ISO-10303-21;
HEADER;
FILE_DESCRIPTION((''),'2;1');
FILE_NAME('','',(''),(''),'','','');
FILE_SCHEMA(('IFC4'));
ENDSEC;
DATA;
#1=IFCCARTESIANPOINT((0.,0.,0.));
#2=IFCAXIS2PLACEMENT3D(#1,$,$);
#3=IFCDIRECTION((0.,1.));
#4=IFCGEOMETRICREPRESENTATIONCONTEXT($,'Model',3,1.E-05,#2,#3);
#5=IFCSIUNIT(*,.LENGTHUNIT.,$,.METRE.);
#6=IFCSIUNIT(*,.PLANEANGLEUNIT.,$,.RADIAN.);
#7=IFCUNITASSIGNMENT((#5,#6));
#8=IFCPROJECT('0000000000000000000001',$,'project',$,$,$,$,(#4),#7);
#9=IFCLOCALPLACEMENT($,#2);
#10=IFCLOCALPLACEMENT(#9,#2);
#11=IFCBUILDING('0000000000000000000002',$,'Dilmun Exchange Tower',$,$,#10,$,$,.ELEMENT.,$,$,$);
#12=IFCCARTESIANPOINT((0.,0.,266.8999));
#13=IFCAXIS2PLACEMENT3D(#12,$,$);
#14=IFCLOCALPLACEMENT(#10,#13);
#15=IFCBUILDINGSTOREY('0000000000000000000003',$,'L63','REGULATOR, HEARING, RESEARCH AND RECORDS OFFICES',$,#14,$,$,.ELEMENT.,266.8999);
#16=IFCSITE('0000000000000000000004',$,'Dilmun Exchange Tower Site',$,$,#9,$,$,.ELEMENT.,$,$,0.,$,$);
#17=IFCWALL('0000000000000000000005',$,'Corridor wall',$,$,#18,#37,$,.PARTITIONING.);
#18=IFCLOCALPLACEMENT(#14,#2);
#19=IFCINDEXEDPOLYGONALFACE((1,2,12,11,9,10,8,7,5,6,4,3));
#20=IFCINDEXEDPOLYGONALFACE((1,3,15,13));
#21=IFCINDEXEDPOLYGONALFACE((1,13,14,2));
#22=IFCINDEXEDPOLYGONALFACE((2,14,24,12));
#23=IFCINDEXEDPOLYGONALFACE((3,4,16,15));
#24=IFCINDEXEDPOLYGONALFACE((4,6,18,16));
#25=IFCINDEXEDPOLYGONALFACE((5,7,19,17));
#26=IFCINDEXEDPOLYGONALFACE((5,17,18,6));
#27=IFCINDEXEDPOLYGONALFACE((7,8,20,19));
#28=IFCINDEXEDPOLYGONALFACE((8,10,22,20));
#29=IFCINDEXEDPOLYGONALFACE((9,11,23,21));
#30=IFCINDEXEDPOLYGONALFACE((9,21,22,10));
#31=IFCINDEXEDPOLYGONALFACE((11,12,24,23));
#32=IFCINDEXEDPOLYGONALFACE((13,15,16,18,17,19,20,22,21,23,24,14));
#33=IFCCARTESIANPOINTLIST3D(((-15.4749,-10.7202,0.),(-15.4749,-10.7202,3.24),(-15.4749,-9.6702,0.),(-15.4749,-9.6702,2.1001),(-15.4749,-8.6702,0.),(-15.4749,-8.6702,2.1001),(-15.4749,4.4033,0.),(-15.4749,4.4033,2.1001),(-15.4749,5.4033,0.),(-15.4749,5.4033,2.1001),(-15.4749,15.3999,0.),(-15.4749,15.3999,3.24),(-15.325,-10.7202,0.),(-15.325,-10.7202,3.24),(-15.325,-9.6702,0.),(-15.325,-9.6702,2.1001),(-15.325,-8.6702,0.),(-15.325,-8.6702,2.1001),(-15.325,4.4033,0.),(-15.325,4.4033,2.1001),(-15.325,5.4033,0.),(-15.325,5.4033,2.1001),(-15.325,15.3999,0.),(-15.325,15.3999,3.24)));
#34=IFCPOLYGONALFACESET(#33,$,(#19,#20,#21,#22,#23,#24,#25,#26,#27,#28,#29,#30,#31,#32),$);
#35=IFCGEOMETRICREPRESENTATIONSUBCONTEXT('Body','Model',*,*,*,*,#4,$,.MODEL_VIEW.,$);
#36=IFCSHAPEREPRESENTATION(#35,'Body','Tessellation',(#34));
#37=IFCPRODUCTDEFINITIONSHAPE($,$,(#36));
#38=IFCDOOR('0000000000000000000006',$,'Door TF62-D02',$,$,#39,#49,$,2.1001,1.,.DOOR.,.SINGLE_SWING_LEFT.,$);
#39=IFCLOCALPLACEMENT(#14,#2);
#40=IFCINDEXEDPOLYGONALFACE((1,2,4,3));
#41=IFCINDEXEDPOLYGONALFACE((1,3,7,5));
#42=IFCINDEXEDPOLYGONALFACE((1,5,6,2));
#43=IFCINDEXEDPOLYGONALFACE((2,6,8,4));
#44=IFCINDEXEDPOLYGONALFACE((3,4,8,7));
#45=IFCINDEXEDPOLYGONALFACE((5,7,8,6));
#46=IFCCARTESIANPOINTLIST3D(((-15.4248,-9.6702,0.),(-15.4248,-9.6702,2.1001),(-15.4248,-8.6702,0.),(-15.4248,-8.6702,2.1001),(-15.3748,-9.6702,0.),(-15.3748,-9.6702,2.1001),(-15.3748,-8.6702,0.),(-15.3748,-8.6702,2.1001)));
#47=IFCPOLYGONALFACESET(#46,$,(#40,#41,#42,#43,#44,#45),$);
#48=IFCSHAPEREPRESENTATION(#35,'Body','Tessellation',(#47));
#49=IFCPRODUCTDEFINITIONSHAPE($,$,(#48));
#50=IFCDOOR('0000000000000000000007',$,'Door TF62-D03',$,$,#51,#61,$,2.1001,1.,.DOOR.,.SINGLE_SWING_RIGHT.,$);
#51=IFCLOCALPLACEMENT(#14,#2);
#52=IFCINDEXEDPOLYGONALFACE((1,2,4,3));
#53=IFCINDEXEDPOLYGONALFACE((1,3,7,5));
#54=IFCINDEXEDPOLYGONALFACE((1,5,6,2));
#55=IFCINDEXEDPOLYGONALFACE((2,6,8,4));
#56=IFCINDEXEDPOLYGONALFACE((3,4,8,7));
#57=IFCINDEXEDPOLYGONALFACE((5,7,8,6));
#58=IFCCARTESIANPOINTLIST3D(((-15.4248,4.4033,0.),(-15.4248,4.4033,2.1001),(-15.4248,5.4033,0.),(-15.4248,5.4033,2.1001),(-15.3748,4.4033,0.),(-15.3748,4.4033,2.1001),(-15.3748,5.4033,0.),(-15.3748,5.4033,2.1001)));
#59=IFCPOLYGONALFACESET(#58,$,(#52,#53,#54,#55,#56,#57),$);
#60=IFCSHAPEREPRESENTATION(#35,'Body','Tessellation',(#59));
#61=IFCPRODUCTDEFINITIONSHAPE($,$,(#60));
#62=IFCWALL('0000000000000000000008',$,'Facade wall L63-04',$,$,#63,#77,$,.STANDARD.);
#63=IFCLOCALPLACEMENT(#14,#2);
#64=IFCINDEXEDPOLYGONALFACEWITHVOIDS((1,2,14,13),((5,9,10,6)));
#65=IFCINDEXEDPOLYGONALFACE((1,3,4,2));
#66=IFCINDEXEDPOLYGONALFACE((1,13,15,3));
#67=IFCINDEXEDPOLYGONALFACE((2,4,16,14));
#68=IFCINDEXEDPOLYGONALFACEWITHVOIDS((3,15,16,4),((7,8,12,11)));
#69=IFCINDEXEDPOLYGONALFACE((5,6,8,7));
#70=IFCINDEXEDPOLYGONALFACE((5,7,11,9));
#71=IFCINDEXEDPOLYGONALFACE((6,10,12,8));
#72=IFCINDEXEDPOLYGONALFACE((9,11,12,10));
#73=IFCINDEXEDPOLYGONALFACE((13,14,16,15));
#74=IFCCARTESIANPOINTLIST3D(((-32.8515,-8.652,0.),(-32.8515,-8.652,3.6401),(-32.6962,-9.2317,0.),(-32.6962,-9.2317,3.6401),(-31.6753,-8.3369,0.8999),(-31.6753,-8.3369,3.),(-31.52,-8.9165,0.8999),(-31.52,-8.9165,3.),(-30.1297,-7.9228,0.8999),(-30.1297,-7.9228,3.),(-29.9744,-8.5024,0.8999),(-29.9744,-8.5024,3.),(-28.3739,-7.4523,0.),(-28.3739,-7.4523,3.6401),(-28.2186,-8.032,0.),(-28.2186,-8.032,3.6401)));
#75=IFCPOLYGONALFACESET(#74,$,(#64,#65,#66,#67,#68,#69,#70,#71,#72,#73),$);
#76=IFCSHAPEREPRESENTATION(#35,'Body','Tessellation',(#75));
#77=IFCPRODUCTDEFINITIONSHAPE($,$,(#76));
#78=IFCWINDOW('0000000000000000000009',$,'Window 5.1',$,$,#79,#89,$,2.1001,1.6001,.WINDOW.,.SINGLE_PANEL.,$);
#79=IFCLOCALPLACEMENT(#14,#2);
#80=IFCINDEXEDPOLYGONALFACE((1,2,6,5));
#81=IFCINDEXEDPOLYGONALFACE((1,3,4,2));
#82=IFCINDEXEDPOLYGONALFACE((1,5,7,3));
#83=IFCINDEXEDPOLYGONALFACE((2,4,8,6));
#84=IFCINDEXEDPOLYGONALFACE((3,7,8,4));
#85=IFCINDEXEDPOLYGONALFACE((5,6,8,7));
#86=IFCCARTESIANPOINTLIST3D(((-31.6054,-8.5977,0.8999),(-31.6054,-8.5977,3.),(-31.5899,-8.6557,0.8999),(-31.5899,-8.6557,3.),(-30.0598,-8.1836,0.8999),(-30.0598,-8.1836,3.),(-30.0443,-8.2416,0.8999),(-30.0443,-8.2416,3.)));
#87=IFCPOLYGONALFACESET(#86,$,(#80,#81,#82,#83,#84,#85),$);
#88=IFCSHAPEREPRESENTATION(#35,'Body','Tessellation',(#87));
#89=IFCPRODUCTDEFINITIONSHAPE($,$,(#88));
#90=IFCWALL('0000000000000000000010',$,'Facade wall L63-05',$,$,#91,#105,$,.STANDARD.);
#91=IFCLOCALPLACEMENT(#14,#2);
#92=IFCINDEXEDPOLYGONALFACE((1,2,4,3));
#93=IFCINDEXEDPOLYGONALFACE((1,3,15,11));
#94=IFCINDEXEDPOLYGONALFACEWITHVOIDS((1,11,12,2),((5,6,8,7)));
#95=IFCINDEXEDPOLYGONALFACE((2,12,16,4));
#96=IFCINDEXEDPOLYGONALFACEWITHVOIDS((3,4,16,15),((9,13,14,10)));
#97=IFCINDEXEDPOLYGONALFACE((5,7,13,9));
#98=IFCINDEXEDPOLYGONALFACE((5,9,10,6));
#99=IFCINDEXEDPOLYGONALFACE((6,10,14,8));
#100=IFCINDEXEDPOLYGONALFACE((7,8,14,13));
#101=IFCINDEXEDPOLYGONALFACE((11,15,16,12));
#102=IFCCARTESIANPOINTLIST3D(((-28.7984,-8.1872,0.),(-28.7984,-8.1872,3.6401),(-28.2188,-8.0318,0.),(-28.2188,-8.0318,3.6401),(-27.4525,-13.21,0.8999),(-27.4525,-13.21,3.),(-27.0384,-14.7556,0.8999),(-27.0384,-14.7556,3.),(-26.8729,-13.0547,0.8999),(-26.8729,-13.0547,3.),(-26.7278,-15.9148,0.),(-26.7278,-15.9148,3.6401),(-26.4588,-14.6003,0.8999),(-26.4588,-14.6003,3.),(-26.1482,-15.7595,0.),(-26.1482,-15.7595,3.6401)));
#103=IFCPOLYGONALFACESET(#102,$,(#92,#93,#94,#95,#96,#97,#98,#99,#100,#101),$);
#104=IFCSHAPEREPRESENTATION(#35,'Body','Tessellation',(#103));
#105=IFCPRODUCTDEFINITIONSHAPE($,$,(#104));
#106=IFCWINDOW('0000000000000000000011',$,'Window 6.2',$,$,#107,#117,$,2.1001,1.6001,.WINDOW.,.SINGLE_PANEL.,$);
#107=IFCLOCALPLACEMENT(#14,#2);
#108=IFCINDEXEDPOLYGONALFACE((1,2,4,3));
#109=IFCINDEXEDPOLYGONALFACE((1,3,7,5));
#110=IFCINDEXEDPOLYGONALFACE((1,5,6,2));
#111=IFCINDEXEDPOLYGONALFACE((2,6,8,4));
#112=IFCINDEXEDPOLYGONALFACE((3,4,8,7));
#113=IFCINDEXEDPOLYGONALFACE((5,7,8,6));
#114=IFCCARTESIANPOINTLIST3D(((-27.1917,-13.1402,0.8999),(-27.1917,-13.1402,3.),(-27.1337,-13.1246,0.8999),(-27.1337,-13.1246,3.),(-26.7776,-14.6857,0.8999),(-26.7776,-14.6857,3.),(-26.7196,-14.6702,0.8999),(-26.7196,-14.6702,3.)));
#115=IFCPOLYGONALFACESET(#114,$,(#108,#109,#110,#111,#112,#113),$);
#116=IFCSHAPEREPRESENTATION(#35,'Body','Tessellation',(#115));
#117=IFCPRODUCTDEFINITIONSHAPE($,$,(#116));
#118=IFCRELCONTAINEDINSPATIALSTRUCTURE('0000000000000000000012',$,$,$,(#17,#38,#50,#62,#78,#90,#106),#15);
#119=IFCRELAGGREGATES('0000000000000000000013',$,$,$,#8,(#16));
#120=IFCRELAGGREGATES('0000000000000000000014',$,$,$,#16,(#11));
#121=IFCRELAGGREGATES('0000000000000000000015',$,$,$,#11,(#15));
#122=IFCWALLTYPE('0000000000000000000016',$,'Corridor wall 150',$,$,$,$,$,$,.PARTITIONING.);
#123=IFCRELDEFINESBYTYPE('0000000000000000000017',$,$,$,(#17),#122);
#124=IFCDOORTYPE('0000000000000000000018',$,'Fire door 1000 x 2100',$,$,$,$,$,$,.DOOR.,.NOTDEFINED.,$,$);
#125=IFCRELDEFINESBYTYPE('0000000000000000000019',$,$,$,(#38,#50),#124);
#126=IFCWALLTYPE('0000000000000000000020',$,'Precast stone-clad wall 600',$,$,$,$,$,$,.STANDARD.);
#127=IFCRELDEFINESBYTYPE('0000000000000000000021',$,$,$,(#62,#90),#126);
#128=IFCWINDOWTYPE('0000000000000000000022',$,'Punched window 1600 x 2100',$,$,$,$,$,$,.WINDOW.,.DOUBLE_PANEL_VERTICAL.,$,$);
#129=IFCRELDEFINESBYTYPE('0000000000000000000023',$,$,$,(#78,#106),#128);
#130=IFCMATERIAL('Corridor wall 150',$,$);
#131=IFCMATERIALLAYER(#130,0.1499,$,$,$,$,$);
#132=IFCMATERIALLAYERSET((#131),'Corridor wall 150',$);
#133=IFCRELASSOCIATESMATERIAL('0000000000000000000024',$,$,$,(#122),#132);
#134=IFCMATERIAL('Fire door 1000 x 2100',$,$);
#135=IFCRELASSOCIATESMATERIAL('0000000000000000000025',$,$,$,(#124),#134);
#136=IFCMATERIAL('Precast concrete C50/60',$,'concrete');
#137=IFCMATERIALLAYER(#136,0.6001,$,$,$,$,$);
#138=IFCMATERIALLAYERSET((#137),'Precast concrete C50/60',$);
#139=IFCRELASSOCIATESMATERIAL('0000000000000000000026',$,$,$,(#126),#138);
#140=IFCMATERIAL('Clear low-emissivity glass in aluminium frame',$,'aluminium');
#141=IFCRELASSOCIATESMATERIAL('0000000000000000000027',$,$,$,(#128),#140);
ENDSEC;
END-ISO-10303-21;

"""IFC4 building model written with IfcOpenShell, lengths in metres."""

from ifc_helpers import new_model, si_unit, direction, frame, frame_2d, origin, place, context, subcontext, project, spatial, rectangle, extrude, material, layer, layer_set, type_object, element, fill, save


model = new_model("IFC4")

# Units and contexts
model_context = context("Model", 3, precision=1e-05, world=origin(), true_north=direction((0.0, 1.0)))
body_context = subcontext(model_context, "Body", "Model", "MODEL_VIEW")
ifc_project = project(units=[si_unit("LENGTHUNIT", "METRE"), si_unit("PLANEANGLEUNIT", "RADIAN")], contexts=[model_context])

# Site, building, storey
site_placement = place(None, origin())
site = spatial("IfcSite", under=ifc_project, at=site_placement, Name="Dilmun Exchange Tower Site", CompositionType="ELEMENT", RefElevation=0.0)
building_placement = place(site_placement, origin())
building = spatial("IfcBuilding", under=site, at=building_placement, Name="Dilmun Exchange Tower", CompositionType="ELEMENT")
storey_placement = place(building_placement, frame((0.0, 0.0, 266.8999)))
storey = spatial("IfcBuildingStorey", under=building, at=storey_placement, Name="L63", Description="REGULATOR, HEARING, RESEARCH AND RECORDS OFFICES", CompositionType="ELEMENT", Elevation=266.8999)

# Shared definitions
ifc_material_1 = material(Name="Corridor wall 150")
ifc_layer_1 = layer(ifc_material_1, 0.1499)
ifc_layer_set_1 = layer_set([ifc_layer_1], Name="Corridor wall 150")
wall_type_1 = type_object("IfcWallType", Name="Corridor wall 150", PredefinedType="PARTITIONING", material=ifc_layer_set_1)

# Shared definitions
ifc_material_2 = material(Name="Fire door 1000 x 2100")
door_type_1 = type_object("IfcDoorType", Name="Fire door 1000 x 2100", OperationType="NOTDEFINED", PredefinedType="DOOR", material=ifc_material_2)

# Wall, openings, doors
wall_1_placement = place(storey_placement, frame((-15.3999, -10.7202, 0.0), z_axis=(0.0, 0.0, 1.0), x_axis=(0.0, 1.0, 0.0)))
wall_1 = element("IfcWall", 1, at=wall_1_placement, inside=storey, type_object=wall_type_1, Name="Corridor wall", PredefinedType="PARTITIONING", context=body_context, shape_type="SweptSolid", body=[
    extrude(rectangle(XDim=26.1201, YDim=0.1499, at=frame_2d((13.0601, 0.0))), origin(), (0.0, 0.0, 1.0), 3.24),
])
opening_1_placement = place(wall_1_placement, frame((1.05, 0.0, 0.0)))
opening_1 = element("IfcOpeningElement", 2, at=opening_1_placement, cuts=wall_1, PredefinedType="OPENING", context=body_context, shape_type="SweptSolid", body=[
    extrude(rectangle(XDim=1.0, YDim=2.1001, at=frame_2d((0.5, 1.05))), frame((0.0, 0.085, 0.0), z_axis=(0.0, -1.0, 0.0), x_axis=(1.0, 0.0, 0.0)), (0.0, 0.0, 1.0), 0.1699),
])
opening_2_placement = place(wall_1_placement, frame((15.1235, 0.0, 0.0)))
opening_2 = element("IfcOpeningElement", 3, at=opening_2_placement, cuts=wall_1, PredefinedType="OPENING", context=body_context, shape_type="SweptSolid", body=[
    extrude(rectangle(XDim=1.0, YDim=2.1001, at=frame_2d((0.5, 1.05))), frame((0.0, 0.085, 0.0), z_axis=(0.0, -1.0, 0.0), x_axis=(1.0, 0.0, 0.0)), (0.0, 0.0, 1.0), 0.1699),
])
door_1_placement = place(opening_1_placement, origin())
door_1 = element("IfcDoor", 4, at=door_1_placement, inside=storey, type_object=door_type_1, Name="Door TF62-D02", OperationType="SINGLE_SWING_LEFT", OverallHeight=2.1001, OverallWidth=1.0, PredefinedType="DOOR", context=body_context, shape_type="SweptSolid", body=[
    extrude(rectangle(XDim=1.0, YDim=2.1001, at=frame_2d((0.5, 1.05))), frame((0.0, 0.0249, 0.0), z_axis=(0.0, -1.0, 0.0), x_axis=(1.0, 0.0, 0.0)), (0.0, 0.0, 1.0), 0.05),
])
fill(opening_1, door_1)
door_2_placement = place(opening_2_placement, origin())
door_2 = element("IfcDoor", 5, at=door_2_placement, inside=storey, type_object=door_type_1, Name="Door TF62-D03", OperationType="SINGLE_SWING_RIGHT", OverallHeight=2.1001, OverallWidth=1.0, PredefinedType="DOOR", context=body_context, shape_type="SweptSolid", body=[
    extrude(rectangle(XDim=1.0, YDim=2.1001, at=frame_2d((0.5, 1.05))), frame((0.0, 0.0249, 0.0), z_axis=(0.0, -1.0, 0.0), x_axis=(1.0, 0.0, 0.0)), (0.0, 0.0, 1.0), 0.05),
])
fill(opening_2, door_2)

# Walls, openings, windows
ifc_material_3 = material(Name="Precast concrete C50/60", Category="concrete")
ifc_layer_2 = layer(ifc_material_3, 0.6001)
ifc_layer_set_2 = layer_set([ifc_layer_2], Name="Precast concrete C50/60")
wall_type_2 = type_object("IfcWallType", Name="Precast stone-clad wall 600", PredefinedType="STANDARD", material=ifc_layer_set_2)
wall_2_placement = place(storey_placement, frame((-32.7739, -8.9419, 0.0), z_axis=(0.0, 0.0, 1.0), x_axis=(0.965928, 0.25881, 0.0)))
wall_2 = element("IfcWall", 6, at=wall_2_placement, inside=storey, type_object=wall_type_2, Name="Facade wall L63-04", PredefinedType="STANDARD", context=body_context, shape_type="SweptSolid", body=[
    extrude(rectangle(XDim=4.6355, YDim=0.6001, at=frame_2d((2.3179, 0.0))), origin(), (0.0, 0.0, 1.0), 3.6401),
])
opening_3_placement = place(wall_2_placement, frame((1.2178, 0.0, 0.8999)))
opening_3 = element("IfcOpeningElement", 7, at=opening_3_placement, cuts=wall_2, PredefinedType="OPENING", context=body_context, shape_type="SweptSolid", body=[
    extrude(rectangle(XDim=1.6001, YDim=2.1001, at=frame_2d((0.8, 1.05))), frame((0.0, 0.3101, 0.0), z_axis=(0.0, -1.0, 0.0), x_axis=(1.0, 0.0, 0.0)), (0.0, 0.0, 1.0), 0.6201),
])
ifc_material_4 = material(Name="Clear low-emissivity glass in aluminium frame", Category="aluminium")
window_type = type_object("IfcWindowType", Name="Punched window 1600 x 2100", PartitioningType="DOUBLE_PANEL_VERTICAL", PredefinedType="WINDOW", material=ifc_material_4)
window_1_placement = place(opening_3_placement, origin())
window_1 = element("IfcWindow", 8, at=window_1_placement, inside=storey, type_object=window_type, Name="Window 5.1", OverallHeight=2.1001, OverallWidth=1.6001, PartitioningType="SINGLE_PANEL", PredefinedType="WINDOW", context=body_context, shape_type="SweptSolid", body=[
    extrude(rectangle(XDim=1.6001, YDim=2.1001, at=frame_2d((0.8, 1.05))), frame((0.0, 0.03, 0.0), z_axis=(0.0, -1.0, 0.0), x_axis=(1.0, 0.0, 0.0)), (0.0, 0.0, 1.0), 0.0601),
])
fill(opening_3, window_1)
wall_3_placement = place(storey_placement, frame((-28.5085, -8.1096, 0.0), z_axis=(0.0, 0.0, 1.0), x_axis=(0.258815, -0.965927, 0.0)))
wall_3 = element("IfcWall", 9, at=wall_3_placement, inside=storey, type_object=wall_type_2, Name="Facade wall L63-05", PredefinedType="STANDARD", context=body_context, shape_type="SweptSolid", body=[
    extrude(rectangle(XDim=8.0002, YDim=0.6001, at=frame_2d((4.0, 0.0))), origin(), (0.0, 0.0, 1.0), 3.6401),
])
opening_4_placement = place(wall_3_placement, frame((5.2, 0.0, 0.8999)))
opening_4 = element("IfcOpeningElement", 10, at=opening_4_placement, cuts=wall_3, PredefinedType="OPENING", context=body_context, shape_type="SweptSolid", body=[
    extrude(rectangle(XDim=1.6001, YDim=2.1001, at=frame_2d((0.8, 1.05))), frame((0.0, 0.3101, 0.0), z_axis=(0.0, -1.0, 0.0), x_axis=(1.0, 0.0, 0.0)), (0.0, 0.0, 1.0), 0.6201),
])
window_2_placement = place(opening_4_placement, origin())
window_2 = element("IfcWindow", 11, at=window_2_placement, inside=storey, type_object=window_type, Name="Window 6.2", OverallHeight=2.1001, OverallWidth=1.6001, PartitioningType="SINGLE_PANEL", PredefinedType="WINDOW", context=body_context, shape_type="SweptSolid", body=[
    extrude(rectangle(XDim=1.6001, YDim=2.1001, at=frame_2d((0.8, 1.05))), frame((0.0, 0.03, 0.0), z_axis=(0.0, -1.0, 0.0), x_axis=(1.0, 0.0, 0.0)), (0.0, 0.0, 1.0), 0.0601),
])
fill(opening_4, window_2)

save(model, "model.ifc")
